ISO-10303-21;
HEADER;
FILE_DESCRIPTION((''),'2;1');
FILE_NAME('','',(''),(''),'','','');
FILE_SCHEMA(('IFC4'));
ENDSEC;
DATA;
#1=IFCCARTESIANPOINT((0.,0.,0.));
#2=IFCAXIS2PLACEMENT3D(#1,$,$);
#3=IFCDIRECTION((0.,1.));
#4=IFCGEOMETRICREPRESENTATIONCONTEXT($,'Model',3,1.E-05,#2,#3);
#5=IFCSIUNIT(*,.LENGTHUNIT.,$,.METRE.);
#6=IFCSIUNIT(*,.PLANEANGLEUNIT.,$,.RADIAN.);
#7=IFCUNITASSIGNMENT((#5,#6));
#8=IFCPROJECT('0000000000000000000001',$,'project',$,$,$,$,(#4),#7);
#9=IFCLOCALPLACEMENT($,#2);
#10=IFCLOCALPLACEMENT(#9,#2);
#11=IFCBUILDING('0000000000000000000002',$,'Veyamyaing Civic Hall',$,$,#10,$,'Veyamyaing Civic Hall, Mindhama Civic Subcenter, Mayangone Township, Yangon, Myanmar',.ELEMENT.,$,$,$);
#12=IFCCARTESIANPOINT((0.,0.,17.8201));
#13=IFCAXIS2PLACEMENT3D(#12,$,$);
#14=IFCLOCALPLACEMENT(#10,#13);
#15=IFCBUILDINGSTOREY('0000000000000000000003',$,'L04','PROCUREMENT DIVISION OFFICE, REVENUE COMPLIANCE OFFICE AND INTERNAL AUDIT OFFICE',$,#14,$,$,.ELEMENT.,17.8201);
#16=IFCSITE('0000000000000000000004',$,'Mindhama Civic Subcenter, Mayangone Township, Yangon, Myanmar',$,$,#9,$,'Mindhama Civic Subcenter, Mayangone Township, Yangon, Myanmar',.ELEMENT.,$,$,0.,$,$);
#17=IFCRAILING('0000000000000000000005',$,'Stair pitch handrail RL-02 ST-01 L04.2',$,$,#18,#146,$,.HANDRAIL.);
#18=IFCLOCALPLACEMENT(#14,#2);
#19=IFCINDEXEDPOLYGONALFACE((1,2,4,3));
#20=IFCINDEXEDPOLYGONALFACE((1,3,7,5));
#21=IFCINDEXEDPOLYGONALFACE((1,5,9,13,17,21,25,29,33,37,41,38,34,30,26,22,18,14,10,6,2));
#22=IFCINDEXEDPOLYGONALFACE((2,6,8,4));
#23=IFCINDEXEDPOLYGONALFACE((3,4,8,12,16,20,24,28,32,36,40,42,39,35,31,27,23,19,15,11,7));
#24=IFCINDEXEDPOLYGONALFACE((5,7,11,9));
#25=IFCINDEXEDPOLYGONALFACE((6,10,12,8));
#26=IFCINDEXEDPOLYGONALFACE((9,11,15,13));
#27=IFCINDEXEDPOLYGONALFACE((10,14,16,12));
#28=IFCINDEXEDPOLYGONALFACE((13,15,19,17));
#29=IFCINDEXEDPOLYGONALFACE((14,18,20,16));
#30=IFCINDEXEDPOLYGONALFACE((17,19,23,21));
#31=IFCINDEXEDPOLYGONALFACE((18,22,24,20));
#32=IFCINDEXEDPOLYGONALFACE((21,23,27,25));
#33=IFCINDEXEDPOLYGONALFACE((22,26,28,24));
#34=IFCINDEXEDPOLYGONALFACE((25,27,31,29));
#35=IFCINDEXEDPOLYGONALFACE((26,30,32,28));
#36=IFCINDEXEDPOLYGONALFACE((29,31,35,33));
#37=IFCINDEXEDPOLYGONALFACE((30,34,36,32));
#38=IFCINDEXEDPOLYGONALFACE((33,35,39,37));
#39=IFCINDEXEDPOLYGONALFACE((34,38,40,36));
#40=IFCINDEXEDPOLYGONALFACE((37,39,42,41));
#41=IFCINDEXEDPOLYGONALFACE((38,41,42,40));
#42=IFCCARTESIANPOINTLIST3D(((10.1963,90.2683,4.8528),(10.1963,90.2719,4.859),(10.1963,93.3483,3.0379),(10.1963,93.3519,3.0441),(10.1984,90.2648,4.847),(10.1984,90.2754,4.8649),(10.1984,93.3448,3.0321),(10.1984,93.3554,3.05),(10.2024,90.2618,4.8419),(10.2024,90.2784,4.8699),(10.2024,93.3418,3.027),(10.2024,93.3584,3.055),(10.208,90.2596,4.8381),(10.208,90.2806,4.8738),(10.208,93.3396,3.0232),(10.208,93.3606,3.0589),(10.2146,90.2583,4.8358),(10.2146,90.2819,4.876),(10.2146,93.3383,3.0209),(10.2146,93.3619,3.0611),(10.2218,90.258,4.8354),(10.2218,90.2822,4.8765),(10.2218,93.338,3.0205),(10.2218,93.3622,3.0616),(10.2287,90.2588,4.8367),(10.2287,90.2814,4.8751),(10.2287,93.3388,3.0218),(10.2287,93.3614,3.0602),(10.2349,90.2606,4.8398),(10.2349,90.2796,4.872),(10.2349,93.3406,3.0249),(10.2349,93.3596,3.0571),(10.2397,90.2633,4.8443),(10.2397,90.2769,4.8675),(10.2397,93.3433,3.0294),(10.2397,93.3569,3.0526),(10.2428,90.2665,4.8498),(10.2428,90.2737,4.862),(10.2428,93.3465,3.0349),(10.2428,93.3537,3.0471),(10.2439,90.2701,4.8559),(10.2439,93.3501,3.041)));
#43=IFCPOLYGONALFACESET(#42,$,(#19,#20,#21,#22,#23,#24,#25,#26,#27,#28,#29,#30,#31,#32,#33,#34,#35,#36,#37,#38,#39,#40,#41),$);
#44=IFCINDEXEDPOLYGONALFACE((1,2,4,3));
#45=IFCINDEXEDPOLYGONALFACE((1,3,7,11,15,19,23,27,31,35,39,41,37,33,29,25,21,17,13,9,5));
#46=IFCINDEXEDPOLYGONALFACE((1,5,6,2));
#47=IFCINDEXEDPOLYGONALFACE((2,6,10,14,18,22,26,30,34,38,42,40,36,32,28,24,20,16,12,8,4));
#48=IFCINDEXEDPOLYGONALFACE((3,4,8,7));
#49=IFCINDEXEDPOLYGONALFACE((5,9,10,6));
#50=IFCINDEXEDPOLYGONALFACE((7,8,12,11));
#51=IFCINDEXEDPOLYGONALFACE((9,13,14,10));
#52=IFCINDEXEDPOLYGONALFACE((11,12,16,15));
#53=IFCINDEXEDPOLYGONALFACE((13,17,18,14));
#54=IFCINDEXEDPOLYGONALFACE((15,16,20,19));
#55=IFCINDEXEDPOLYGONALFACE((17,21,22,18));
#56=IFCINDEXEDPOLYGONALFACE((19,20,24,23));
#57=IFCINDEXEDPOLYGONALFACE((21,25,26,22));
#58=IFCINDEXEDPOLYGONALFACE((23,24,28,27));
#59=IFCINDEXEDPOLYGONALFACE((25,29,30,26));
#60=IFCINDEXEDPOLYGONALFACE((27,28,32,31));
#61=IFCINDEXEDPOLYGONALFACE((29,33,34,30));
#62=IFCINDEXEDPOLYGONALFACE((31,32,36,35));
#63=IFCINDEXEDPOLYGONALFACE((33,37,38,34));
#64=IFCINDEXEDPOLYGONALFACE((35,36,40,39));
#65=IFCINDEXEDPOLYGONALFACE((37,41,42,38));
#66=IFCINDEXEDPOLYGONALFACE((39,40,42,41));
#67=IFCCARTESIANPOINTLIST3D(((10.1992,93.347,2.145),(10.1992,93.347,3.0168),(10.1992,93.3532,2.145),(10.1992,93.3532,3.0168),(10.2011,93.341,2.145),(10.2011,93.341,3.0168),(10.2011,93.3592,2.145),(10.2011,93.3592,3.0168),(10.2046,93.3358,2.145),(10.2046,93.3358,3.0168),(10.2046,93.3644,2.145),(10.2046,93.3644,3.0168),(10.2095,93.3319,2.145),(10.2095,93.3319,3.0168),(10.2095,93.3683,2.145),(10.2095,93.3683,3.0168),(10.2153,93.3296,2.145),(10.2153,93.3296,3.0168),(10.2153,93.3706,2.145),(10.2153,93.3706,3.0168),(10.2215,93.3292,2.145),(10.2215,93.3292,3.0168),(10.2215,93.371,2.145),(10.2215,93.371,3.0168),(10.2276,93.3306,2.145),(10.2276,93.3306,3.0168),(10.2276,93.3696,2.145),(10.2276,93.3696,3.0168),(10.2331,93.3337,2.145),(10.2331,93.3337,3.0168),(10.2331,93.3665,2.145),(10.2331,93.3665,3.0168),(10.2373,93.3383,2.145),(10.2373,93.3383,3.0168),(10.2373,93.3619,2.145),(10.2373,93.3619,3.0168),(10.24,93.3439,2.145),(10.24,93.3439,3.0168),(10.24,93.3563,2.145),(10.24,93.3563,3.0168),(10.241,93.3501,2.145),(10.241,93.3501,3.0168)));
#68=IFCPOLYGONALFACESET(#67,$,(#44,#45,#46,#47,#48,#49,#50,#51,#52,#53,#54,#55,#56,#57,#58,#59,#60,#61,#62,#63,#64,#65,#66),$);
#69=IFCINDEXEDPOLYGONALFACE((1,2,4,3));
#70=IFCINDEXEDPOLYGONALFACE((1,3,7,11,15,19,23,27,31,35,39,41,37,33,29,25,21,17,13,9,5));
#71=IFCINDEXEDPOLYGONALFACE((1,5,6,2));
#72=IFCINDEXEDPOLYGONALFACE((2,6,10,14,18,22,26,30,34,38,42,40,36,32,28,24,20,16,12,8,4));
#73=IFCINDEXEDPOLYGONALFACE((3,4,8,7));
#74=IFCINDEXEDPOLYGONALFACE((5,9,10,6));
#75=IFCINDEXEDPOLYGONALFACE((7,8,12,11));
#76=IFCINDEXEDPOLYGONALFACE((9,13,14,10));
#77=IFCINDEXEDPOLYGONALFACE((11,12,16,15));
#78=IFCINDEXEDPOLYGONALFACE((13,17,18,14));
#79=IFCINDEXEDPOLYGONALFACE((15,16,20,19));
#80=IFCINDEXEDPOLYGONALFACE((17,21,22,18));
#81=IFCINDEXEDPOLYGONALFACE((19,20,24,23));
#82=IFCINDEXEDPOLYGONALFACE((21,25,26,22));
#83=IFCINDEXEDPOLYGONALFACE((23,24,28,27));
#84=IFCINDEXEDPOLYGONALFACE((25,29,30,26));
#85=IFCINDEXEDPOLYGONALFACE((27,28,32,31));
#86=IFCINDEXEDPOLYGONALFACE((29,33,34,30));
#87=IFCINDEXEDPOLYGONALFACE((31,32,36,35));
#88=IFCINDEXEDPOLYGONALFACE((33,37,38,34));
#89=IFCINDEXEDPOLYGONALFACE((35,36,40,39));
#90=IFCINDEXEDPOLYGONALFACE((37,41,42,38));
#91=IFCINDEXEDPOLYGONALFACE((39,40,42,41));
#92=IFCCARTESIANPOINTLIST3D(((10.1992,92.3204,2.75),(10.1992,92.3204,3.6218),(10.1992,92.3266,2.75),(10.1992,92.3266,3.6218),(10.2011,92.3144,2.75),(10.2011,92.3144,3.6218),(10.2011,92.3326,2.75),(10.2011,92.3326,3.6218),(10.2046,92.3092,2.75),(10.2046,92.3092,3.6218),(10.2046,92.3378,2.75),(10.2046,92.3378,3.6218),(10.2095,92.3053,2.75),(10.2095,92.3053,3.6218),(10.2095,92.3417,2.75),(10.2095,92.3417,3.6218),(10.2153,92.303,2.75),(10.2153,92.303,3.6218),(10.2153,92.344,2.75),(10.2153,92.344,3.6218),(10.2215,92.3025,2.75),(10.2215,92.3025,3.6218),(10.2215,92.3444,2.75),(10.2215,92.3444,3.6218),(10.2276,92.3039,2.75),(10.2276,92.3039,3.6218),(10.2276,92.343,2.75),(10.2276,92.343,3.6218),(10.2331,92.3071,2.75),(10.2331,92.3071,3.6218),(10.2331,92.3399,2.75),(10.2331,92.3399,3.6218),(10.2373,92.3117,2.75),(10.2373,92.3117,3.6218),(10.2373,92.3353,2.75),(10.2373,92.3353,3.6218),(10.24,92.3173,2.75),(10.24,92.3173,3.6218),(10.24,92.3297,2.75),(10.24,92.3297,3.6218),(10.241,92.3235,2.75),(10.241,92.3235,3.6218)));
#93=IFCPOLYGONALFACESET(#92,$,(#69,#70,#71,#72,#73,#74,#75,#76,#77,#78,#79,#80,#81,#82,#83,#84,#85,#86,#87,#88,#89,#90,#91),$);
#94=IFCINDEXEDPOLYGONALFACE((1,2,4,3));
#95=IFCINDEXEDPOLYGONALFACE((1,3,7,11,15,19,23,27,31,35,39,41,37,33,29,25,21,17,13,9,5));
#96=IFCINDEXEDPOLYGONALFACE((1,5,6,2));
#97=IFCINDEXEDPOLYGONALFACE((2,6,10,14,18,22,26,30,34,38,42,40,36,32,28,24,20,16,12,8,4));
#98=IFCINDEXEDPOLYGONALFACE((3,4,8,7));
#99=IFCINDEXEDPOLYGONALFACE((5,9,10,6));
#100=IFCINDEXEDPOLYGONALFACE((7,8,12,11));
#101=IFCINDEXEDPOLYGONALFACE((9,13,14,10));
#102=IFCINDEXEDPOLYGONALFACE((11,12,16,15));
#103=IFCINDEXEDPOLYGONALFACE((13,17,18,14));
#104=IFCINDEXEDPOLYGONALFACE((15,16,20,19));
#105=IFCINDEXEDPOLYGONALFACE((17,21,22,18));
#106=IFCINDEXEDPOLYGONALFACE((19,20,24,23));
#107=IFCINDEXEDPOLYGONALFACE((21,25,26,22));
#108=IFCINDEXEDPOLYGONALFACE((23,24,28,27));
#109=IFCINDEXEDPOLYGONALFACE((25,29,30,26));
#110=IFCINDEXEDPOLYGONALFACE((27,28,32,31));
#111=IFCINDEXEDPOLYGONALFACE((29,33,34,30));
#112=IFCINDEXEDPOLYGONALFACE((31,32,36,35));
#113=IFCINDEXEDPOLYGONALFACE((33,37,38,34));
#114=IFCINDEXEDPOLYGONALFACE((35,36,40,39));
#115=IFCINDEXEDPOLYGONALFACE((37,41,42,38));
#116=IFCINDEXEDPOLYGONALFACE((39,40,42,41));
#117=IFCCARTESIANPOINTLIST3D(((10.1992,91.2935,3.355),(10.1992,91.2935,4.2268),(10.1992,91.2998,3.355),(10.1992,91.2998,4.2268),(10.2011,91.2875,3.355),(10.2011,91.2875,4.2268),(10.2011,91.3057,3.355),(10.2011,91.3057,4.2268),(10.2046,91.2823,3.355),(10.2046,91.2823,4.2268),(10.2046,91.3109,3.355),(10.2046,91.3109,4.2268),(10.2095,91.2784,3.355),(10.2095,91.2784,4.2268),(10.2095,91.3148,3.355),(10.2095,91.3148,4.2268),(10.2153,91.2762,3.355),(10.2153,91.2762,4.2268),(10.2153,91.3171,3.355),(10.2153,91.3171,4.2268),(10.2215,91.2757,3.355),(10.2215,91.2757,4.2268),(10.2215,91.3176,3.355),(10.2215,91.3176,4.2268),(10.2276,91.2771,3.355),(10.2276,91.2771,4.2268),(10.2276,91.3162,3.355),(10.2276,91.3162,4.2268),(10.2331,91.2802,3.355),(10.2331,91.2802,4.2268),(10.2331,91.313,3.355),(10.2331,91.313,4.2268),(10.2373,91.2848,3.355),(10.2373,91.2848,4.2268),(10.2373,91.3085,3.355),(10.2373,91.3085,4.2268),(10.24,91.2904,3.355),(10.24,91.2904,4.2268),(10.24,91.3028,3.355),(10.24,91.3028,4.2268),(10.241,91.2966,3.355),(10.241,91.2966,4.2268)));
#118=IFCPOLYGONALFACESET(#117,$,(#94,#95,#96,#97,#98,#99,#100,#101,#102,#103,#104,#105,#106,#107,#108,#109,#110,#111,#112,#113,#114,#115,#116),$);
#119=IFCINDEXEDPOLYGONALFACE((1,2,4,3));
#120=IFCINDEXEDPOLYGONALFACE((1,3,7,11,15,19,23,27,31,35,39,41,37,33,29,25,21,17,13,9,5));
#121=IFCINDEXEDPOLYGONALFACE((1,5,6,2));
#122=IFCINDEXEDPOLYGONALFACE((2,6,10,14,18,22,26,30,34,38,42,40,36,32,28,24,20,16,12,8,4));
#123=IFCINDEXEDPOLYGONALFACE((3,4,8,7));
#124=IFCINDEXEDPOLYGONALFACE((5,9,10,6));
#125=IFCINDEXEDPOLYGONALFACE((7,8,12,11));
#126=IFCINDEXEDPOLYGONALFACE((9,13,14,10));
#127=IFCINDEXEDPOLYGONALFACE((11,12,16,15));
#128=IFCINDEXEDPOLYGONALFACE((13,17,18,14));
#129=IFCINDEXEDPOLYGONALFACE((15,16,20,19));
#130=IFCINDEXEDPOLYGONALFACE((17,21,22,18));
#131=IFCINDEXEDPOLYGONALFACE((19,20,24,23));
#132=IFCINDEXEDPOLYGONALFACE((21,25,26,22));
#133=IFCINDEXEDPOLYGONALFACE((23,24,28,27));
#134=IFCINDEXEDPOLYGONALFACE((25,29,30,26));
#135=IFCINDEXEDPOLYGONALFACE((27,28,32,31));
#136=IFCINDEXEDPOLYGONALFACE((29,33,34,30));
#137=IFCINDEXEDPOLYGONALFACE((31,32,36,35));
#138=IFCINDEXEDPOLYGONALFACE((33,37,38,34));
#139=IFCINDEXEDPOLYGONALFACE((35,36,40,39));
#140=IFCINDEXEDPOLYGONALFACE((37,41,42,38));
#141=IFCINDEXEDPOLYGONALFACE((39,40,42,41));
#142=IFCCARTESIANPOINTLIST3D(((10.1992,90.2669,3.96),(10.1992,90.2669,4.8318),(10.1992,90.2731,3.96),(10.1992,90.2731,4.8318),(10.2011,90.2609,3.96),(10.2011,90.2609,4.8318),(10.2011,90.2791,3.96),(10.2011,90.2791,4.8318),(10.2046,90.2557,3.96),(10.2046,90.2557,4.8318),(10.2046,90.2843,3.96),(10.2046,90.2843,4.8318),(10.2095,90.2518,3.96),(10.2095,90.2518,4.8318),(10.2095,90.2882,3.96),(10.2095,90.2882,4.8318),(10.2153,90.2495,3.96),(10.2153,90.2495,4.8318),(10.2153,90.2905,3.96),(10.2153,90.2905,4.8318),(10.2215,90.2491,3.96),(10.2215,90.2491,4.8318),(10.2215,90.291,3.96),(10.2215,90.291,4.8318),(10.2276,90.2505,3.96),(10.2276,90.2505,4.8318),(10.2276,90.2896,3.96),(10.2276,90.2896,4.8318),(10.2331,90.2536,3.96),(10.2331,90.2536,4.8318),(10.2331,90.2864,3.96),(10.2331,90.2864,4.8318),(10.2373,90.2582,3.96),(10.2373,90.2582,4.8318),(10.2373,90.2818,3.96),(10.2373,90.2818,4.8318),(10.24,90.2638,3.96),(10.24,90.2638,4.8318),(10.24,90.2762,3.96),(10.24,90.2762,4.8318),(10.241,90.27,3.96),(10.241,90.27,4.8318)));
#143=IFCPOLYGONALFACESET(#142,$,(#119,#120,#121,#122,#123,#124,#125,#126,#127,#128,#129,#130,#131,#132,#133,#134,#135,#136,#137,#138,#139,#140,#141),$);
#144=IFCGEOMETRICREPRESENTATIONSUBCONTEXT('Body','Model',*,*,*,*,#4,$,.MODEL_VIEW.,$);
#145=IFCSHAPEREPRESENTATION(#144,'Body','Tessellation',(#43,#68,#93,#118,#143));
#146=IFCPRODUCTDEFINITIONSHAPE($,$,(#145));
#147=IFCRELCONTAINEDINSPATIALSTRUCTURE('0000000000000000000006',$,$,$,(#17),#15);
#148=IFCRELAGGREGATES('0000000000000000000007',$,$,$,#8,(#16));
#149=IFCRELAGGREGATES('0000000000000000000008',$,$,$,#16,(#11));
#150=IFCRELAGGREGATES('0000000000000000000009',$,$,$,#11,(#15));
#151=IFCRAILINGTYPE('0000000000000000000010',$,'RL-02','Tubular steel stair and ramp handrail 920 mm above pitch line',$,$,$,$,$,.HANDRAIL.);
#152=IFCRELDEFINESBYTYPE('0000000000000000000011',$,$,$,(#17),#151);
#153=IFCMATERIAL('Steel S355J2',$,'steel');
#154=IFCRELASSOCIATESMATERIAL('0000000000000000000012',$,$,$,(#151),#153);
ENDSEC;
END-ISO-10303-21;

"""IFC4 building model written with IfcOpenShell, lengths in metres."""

from ifc_helpers import new_model, si_unit, direction, frame, origin, origin_2d, place, context, subcontext, project, spatial, circle, extrude, material, type_object, element, save


model = new_model("IFC4")

# Units and contexts
model_context = context("Model", 3, precision=1e-05, world=origin(), true_north=direction((0.0, 1.0)))
body_context = subcontext(model_context, "Body", "Model", "MODEL_VIEW")
ifc_project = project(units=[si_unit("LENGTHUNIT", "METRE"), si_unit("PLANEANGLEUNIT", "RADIAN")], contexts=[model_context])

# Site, building, storey
site_placement = place(None, origin())
site = spatial("IfcSite", under=ifc_project, at=site_placement, Name="Mindhama Civic Subcenter, Mayangone Township, Yangon, Myanmar", LongName="Mindhama Civic Subcenter, Mayangone Township, Yangon, Myanmar", CompositionType="ELEMENT", RefElevation=0.0)
building_placement = place(site_placement, origin())
building = spatial("IfcBuilding", under=site, at=building_placement, Name="Veyamyaing Civic Hall", LongName="Veyamyaing Civic Hall, Mindhama Civic Subcenter, Mayangone Township, Yangon, Myanmar", CompositionType="ELEMENT")
storey_placement = place(building_placement, frame((0.0, 0.0, 17.8201)))
storey = spatial("IfcBuildingStorey", under=building, at=storey_placement, Name="L04", Description="PROCUREMENT DIVISION OFFICE, REVENUE COMPLIANCE OFFICE AND INTERNAL AUDIT OFFICE", CompositionType="ELEMENT", Elevation=17.8201)

# Railing
ifc_material_1 = material(Name="Steel S355J2", Category="steel")
railing_type = type_object("IfcRailingType", Name="RL-02", Description="Tubular steel stair and ramp handrail 920 mm above pitch line", PredefinedType="HANDRAIL", material=ifc_material_1)
railing_placement = place(storey_placement, frame((10.22, 93.3501, 2.145)))
element("IfcRailing", 1, at=railing_placement, inside=storey, type_object=railing_type, Name="Stair pitch handrail RL-02 ST-01 L04.2", PredefinedType="HANDRAIL", context=body_context, shape_type="SweptSolid", body=[
    extrude(circle(Radius=0.0239, at=origin_2d()), frame((0.0, 0.0, 0.896), z_axis=(0.0, -0.861551, 0.507671), x_axis=(1.0, 0.0, 0.0)), (0.0, 0.0, 1.0), 3.575),
    extrude(circle(Radius=0.021, at=origin_2d()), origin(), (0.0, 0.0, 1.0), 0.8718),
    extrude(circle(Radius=0.021, at=origin_2d()), frame((0.0, -1.0266, 0.605)), (0.0, 0.0, 1.0), 0.8718),
    extrude(circle(Radius=0.021, at=origin_2d()), frame((0.0, -2.0535, 1.21)), (0.0, 0.0, 1.0), 0.8718),
    extrude(circle(Radius=0.021, at=origin_2d()), frame((0.0, -3.0801, 1.8149)), (0.0, 0.0, 1.0), 0.8718),
])

save(model, "model.ifc")
